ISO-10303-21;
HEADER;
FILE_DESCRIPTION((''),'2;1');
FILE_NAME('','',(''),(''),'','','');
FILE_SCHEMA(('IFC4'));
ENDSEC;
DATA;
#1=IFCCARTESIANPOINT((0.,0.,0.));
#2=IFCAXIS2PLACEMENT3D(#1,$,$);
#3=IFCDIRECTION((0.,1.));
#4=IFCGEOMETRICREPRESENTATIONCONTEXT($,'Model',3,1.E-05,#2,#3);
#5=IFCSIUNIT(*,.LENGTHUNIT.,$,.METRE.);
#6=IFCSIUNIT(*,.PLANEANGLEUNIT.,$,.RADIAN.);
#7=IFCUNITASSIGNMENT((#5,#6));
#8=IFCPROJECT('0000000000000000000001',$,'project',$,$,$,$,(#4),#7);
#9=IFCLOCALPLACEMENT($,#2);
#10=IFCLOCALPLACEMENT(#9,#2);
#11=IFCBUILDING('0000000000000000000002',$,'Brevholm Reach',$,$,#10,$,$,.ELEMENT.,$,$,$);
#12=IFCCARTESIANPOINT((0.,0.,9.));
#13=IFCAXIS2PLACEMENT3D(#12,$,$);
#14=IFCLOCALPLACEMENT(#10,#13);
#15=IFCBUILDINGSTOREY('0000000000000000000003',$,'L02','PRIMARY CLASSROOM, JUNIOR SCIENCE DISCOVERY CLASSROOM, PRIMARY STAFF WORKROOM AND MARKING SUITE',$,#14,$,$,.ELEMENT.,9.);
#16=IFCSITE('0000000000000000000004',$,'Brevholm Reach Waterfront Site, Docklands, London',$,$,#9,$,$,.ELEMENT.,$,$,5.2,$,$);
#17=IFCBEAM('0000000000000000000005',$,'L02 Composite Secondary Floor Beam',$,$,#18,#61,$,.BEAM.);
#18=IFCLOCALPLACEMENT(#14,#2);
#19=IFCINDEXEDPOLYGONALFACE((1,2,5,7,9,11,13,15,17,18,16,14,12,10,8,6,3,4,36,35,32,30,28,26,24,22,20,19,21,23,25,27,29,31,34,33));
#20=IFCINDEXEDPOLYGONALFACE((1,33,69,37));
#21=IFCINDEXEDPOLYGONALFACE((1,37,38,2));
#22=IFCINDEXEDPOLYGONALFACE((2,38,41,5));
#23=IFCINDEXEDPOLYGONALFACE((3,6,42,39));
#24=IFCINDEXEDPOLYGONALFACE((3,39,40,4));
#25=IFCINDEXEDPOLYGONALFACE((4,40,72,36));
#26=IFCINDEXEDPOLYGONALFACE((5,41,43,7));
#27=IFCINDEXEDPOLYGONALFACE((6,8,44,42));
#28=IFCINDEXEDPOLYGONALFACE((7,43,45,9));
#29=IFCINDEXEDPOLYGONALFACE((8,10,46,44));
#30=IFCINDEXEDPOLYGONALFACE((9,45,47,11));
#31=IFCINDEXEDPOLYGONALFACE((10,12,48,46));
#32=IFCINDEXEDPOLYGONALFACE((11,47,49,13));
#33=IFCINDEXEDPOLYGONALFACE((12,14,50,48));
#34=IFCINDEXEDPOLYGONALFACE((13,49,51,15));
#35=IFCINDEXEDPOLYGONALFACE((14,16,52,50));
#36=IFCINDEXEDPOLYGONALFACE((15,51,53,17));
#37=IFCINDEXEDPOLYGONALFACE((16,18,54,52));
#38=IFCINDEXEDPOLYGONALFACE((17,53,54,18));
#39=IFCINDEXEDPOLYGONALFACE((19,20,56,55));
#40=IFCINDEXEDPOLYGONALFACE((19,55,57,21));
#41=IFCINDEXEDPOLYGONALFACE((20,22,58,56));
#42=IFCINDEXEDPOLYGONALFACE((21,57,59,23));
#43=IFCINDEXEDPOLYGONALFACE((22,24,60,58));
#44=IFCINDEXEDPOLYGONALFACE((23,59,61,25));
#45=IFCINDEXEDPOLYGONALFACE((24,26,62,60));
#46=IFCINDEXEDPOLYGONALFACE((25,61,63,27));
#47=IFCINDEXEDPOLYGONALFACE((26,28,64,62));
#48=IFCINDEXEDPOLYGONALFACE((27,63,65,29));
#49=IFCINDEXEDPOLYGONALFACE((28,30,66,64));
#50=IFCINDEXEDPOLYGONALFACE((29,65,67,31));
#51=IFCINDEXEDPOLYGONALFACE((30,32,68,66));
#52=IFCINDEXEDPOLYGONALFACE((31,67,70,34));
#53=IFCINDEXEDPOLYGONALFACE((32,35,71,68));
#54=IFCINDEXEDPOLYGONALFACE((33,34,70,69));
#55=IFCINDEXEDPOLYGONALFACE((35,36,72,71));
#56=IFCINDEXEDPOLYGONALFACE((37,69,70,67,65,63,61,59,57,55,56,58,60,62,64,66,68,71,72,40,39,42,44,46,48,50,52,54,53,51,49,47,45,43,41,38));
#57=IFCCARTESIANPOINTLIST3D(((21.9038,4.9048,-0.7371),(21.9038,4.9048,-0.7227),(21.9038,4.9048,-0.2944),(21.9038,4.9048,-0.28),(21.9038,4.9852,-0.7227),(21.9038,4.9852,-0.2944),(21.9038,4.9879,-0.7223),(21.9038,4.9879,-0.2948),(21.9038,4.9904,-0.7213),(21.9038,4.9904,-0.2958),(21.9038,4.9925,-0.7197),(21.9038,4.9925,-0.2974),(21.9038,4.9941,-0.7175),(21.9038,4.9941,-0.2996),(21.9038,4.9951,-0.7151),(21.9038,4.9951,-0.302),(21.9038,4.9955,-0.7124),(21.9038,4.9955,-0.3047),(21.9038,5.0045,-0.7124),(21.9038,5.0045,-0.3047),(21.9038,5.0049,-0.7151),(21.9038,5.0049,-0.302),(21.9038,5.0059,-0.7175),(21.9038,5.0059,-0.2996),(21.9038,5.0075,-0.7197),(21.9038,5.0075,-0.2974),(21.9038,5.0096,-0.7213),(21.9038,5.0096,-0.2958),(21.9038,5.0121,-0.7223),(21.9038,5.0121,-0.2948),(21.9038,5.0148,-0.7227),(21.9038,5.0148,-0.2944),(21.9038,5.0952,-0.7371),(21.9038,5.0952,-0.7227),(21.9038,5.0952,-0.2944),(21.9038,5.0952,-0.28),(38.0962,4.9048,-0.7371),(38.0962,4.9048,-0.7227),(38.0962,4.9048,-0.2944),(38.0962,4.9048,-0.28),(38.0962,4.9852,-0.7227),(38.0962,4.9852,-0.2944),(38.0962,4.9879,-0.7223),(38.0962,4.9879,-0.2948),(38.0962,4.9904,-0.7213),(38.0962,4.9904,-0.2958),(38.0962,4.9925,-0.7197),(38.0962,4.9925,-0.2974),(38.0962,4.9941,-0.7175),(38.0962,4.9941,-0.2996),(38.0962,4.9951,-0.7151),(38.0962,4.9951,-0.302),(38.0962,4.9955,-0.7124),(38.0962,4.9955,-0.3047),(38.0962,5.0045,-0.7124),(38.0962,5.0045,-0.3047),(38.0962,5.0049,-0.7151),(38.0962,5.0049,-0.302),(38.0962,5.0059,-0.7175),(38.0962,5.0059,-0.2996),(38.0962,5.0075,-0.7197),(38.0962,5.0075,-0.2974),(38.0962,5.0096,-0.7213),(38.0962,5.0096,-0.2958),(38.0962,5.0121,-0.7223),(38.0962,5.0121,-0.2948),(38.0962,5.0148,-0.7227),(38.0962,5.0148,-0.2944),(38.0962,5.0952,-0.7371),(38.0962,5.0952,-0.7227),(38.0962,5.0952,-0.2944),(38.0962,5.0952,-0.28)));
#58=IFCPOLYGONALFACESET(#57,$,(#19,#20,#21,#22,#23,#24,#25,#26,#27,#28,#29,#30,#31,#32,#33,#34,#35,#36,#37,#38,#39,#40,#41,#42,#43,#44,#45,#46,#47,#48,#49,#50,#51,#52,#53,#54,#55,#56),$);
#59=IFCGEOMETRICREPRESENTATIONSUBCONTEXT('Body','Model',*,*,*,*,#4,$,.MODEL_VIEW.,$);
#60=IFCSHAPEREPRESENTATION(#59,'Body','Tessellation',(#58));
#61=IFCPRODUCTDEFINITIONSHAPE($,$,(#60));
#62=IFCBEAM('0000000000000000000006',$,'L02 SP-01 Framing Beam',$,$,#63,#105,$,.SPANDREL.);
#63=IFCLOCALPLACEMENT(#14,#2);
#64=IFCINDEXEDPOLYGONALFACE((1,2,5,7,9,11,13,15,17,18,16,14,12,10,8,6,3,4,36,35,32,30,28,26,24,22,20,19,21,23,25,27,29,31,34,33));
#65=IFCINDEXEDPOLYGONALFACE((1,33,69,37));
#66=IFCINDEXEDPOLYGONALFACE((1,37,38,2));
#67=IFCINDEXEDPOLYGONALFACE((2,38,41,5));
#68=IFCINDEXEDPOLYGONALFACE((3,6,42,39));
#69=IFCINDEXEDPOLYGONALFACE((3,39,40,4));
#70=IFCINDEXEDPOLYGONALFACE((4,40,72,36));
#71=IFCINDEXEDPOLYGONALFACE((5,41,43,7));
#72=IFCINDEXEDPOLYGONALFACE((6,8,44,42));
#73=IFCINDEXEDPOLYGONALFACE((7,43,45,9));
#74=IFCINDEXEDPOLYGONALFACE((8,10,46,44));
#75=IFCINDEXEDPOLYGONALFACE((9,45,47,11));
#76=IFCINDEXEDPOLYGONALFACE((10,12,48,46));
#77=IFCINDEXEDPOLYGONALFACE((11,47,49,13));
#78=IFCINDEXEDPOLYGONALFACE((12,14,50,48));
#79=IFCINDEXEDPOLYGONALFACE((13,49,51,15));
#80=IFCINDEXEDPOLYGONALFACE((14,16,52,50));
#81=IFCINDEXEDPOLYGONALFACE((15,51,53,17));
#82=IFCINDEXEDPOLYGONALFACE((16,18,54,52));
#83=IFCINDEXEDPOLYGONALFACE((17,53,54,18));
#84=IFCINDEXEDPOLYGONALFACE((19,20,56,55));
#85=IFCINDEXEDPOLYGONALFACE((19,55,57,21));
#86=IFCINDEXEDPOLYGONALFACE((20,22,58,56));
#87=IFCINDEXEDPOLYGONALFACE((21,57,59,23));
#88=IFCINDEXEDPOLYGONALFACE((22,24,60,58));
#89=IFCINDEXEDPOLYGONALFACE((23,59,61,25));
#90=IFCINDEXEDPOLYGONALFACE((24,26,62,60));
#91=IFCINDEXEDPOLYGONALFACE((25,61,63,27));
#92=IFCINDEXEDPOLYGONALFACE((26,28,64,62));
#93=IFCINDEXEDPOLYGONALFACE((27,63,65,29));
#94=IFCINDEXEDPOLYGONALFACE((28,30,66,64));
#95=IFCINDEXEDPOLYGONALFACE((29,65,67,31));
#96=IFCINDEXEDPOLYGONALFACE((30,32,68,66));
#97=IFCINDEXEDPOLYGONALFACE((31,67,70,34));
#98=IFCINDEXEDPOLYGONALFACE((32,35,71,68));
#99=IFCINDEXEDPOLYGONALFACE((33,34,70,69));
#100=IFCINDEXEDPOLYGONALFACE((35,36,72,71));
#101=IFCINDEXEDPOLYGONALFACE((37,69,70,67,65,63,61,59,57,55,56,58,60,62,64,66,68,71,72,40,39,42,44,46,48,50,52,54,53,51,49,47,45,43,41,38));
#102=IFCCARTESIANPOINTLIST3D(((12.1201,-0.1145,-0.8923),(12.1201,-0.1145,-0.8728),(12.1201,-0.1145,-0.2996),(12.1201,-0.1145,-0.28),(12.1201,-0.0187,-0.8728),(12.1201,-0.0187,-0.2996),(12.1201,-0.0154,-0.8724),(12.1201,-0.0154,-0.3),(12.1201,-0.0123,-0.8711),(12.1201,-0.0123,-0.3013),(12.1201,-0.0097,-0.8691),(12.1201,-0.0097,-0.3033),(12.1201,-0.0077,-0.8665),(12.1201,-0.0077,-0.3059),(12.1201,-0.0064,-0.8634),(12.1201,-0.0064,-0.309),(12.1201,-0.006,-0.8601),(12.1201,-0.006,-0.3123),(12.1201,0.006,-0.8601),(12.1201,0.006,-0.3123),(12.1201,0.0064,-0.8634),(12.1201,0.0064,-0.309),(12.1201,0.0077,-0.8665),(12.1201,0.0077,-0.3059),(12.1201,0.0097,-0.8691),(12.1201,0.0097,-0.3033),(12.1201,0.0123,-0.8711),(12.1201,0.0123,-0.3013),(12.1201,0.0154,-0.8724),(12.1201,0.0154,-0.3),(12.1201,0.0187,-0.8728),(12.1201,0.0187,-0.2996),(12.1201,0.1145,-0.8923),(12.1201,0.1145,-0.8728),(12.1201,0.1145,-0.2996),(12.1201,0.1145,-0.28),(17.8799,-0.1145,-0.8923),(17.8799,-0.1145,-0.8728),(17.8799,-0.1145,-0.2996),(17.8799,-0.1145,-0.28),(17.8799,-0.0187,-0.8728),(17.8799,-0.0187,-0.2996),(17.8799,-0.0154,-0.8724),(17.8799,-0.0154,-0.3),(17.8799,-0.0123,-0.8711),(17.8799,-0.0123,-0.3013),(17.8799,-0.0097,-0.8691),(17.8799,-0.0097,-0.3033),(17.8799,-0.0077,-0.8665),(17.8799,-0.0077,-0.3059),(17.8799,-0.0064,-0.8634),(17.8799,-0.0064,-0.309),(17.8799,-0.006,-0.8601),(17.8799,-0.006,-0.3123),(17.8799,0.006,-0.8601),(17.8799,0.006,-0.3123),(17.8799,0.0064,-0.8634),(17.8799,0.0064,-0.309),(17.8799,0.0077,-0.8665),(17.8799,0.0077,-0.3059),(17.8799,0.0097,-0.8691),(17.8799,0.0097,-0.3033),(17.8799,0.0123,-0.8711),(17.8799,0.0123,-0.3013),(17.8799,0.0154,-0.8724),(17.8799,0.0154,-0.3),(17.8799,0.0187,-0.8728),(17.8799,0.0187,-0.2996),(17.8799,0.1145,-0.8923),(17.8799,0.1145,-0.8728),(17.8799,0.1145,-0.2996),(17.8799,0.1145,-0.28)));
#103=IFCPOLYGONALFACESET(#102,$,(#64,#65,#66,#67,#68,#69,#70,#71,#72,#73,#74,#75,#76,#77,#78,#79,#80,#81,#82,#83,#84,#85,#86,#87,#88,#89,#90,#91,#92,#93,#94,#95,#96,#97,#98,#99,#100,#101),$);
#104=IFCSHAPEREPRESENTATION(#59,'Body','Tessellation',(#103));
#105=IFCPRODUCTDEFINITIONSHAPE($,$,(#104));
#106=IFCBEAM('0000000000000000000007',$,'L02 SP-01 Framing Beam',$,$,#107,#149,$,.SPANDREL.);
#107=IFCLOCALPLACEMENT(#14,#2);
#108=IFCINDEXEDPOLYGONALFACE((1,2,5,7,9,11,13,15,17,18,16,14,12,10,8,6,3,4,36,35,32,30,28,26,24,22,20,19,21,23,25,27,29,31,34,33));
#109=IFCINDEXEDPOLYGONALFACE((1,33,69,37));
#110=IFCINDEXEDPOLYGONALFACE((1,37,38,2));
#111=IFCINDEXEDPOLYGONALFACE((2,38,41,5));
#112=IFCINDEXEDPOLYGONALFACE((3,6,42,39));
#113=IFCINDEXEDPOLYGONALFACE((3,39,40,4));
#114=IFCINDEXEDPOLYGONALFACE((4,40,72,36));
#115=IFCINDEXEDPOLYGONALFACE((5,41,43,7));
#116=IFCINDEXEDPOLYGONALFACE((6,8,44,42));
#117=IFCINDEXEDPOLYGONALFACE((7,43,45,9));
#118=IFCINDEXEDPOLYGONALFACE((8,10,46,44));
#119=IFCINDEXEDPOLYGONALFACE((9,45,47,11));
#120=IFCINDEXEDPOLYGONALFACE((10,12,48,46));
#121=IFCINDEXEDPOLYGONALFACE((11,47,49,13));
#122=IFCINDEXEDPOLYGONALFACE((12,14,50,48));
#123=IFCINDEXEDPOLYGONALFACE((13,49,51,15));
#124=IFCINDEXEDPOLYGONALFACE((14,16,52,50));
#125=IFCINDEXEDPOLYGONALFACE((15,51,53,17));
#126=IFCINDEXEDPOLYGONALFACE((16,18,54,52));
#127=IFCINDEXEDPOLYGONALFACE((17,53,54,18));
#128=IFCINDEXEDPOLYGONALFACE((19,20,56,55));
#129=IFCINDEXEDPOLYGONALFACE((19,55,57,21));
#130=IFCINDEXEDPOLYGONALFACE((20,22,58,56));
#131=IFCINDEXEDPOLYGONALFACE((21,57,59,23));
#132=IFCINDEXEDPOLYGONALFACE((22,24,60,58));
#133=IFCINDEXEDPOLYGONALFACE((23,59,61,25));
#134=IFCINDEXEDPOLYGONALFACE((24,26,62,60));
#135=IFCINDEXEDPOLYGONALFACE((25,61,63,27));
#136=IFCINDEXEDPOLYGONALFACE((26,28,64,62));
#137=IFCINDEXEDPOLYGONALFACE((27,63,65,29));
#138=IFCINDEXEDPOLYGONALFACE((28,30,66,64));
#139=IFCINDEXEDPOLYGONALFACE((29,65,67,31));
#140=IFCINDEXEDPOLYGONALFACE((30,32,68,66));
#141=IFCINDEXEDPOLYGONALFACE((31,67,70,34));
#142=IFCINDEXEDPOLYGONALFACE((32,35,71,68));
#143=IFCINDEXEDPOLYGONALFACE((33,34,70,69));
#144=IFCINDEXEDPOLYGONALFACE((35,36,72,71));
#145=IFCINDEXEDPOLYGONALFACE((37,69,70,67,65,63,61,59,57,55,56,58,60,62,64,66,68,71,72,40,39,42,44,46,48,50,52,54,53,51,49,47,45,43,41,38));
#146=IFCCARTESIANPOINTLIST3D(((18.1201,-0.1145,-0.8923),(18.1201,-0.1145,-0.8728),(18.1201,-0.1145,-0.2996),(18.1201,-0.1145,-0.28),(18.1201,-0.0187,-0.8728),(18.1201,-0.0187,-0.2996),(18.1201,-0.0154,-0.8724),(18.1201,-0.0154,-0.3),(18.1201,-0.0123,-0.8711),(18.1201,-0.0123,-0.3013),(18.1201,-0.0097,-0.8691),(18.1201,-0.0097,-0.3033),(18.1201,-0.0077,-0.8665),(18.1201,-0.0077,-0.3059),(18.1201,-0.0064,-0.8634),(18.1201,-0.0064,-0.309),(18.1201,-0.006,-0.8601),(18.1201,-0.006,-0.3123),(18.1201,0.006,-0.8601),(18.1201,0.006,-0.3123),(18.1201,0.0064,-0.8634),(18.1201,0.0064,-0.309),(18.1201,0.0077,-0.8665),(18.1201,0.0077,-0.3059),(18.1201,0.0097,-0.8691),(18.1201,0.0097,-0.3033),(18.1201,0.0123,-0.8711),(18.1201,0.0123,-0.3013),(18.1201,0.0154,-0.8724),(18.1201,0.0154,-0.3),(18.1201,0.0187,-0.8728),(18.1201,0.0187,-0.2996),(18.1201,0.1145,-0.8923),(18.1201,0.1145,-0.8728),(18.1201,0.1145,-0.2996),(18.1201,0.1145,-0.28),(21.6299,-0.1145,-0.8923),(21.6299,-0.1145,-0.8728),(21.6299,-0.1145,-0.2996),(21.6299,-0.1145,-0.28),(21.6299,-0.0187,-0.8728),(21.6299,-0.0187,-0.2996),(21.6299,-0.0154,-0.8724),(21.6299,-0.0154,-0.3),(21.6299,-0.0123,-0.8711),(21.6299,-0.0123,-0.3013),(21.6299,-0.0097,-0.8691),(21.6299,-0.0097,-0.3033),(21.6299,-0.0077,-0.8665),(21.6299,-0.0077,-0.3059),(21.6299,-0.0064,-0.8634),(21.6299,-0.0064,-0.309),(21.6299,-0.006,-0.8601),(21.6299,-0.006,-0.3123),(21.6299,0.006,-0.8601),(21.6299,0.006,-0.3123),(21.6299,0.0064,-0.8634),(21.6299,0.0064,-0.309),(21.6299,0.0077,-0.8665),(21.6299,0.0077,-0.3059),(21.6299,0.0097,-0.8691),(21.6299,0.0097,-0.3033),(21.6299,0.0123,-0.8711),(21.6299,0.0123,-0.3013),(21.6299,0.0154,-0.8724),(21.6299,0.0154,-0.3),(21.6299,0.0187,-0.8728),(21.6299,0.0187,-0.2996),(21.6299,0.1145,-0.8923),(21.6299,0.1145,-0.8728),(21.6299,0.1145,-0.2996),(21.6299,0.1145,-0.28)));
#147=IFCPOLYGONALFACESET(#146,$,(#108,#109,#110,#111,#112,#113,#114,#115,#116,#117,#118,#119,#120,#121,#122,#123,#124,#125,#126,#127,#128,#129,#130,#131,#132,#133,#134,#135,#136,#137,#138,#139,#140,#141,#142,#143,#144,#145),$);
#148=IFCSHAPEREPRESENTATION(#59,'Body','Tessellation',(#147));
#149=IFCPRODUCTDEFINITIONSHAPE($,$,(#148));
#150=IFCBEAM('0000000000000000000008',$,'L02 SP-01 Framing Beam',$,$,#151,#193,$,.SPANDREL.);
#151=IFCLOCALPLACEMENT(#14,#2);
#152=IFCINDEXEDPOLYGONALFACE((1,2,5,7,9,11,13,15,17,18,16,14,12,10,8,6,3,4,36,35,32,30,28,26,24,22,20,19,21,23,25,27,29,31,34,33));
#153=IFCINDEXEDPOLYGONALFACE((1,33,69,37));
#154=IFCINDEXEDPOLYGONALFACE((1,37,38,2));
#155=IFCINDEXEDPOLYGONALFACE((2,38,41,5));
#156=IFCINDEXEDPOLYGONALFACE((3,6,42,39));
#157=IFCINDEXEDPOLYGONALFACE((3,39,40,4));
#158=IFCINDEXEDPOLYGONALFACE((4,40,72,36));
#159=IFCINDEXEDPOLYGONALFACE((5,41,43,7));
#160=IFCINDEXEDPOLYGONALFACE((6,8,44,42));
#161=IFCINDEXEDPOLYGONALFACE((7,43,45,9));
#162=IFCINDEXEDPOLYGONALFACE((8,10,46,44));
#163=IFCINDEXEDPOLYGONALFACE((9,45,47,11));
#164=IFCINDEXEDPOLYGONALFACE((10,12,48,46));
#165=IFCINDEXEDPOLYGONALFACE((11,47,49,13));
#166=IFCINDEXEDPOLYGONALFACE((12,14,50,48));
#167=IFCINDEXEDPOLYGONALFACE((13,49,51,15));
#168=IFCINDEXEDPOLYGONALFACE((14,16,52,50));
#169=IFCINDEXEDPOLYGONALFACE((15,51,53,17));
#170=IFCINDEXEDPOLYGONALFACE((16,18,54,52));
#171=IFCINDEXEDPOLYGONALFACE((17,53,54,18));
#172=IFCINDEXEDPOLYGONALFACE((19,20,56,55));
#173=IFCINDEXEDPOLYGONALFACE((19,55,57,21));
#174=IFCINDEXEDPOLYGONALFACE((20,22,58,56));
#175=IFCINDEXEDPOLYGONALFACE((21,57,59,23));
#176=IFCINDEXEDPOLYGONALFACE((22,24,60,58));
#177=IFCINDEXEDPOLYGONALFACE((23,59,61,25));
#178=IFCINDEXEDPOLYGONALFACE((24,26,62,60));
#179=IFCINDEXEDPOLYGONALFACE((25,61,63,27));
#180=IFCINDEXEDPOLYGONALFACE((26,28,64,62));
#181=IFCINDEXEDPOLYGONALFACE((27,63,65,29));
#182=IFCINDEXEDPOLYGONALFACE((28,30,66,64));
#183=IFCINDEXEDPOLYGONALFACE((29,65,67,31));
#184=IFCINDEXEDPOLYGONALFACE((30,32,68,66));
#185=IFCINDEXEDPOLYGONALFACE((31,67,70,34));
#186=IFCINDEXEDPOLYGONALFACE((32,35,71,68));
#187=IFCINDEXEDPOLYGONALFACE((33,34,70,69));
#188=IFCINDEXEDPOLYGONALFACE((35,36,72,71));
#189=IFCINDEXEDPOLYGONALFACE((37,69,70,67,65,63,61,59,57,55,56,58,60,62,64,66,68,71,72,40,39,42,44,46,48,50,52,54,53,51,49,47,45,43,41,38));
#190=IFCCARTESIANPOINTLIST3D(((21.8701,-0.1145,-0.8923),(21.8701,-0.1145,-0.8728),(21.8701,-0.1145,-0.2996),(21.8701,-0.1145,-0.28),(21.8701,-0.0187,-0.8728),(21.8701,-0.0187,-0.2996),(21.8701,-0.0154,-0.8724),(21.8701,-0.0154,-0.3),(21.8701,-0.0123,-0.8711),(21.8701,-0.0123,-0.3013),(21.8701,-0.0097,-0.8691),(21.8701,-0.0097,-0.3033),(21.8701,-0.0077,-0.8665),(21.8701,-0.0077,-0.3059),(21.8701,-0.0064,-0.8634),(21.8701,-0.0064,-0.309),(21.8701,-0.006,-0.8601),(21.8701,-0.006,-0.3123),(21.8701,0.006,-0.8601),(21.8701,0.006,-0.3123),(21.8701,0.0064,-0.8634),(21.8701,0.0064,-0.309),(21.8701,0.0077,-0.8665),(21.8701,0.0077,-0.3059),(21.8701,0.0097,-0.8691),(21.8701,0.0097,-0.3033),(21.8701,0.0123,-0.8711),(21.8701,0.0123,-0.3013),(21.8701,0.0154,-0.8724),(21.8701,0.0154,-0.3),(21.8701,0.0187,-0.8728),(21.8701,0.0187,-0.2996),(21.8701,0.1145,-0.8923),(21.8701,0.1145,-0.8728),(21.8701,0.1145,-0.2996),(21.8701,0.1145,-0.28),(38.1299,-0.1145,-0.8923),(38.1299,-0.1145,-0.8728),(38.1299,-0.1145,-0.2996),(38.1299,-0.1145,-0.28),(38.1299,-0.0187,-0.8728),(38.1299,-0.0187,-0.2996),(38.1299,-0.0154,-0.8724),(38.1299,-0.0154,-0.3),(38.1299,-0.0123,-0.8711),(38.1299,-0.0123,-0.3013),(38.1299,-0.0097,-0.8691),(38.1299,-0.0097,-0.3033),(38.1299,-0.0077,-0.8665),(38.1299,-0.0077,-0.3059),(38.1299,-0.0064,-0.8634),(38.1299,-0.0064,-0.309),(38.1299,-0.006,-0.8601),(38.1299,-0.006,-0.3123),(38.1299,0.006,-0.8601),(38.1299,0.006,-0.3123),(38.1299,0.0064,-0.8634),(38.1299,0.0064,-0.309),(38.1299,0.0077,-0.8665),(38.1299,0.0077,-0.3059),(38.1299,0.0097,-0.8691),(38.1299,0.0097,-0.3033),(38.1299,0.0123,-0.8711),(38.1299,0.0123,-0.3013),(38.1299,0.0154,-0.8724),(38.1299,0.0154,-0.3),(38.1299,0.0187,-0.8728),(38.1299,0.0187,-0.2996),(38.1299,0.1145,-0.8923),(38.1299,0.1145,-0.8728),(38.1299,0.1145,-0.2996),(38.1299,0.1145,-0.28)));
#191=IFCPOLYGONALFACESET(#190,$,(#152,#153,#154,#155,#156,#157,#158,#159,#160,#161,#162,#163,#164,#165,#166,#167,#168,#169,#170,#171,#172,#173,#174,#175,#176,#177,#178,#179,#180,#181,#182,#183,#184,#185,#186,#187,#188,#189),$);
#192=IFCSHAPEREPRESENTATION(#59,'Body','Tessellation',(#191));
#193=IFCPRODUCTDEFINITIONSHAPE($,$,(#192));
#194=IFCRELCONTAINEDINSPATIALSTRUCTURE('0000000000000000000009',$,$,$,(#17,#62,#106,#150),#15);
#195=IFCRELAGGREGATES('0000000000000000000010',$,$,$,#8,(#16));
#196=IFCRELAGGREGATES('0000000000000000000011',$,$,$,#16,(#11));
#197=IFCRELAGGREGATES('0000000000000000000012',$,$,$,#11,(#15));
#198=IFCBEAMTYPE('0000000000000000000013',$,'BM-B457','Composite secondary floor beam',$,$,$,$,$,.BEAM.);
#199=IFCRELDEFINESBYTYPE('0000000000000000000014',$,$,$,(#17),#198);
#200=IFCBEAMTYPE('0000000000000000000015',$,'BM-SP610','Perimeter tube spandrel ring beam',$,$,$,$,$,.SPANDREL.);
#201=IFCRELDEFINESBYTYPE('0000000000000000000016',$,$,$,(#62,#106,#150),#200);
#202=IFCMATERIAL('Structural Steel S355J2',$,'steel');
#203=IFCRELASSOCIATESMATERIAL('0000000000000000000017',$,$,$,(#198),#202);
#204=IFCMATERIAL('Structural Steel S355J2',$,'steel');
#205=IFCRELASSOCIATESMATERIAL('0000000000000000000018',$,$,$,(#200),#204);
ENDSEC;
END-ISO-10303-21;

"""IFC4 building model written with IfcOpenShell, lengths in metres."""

from ifc_helpers import new_model, si_unit, direction, frame, origin, origin_2d, place, context, subcontext, project, spatial, i_section, extrude, material, material_profile, profile_set, type_object, element, save


model = new_model("IFC4")

# Units and contexts
model_context = context("Model", 3, precision=1e-05, world=origin(), true_north=direction((0.0, 1.0)))
body_context = subcontext(model_context, "Body", "Model", "MODEL_VIEW")
ifc_project = project(units=[si_unit("LENGTHUNIT", "METRE"), si_unit("PLANEANGLEUNIT", "RADIAN")], contexts=[model_context])

# Site, building, storey
site_placement = place(None, origin())
site = spatial("IfcSite", under=ifc_project, at=site_placement, Name="Brevholm Reach Waterfront Site, Docklands, London", CompositionType="ELEMENT", RefElevation=5.2)
building_placement = place(site_placement, origin())
building = spatial("IfcBuilding", under=site, at=building_placement, Name="Brevholm Reach", CompositionType="ELEMENT")
storey_placement = place(building_placement, frame((0.0, 0.0, 9.0)))
storey = spatial("IfcBuildingStorey", under=building, at=storey_placement, Name="L02", Description="PRIMARY CLASSROOM, JUNIOR SCIENCE DISCOVERY CLASSROOM, PRIMARY STAFF WORKROOM AND MARKING SUITE", CompositionType="ELEMENT", Elevation=9.0)

# Beams
ifc_material_1 = material(Name="Structural Steel S355J2", Category="steel")
ifc_material_profile_1 = material_profile(ifc_material_1, i_section(OverallWidth=0.1904, OverallDepth=0.457, WebThickness=0.009, FlangeThickness=0.0144, FilletRadius=0.0103, at=origin_2d()), Name="UKB 457x191x74")
ifc_profile_set_1 = profile_set([ifc_material_profile_1], Name="Structural Steel S355J2")
beam_type_1 = type_object("IfcBeamType", Name="BM-B457", Description="Composite secondary floor beam", PredefinedType="BEAM", material=ifc_profile_set_1)
beam_1_placement = place(storey_placement, frame((21.9038, 5.0, -0.5085), z_axis=(1.0, 0.0, 0.0), x_axis=(0.0, 1.0, 0.0)))
element("IfcBeam", 1, at=beam_1_placement, inside=storey, type_object=beam_type_1, Name="L02 Composite Secondary Floor Beam", PredefinedType="BEAM", context=body_context, shape_type="SweptSolid", body=[
    extrude(i_section(OverallWidth=0.1904, OverallDepth=0.457, WebThickness=0.009, FlangeThickness=0.0144, FilletRadius=0.0103, at=origin_2d()), origin(), (0.0, 0.0, 1.0), 16.1924),
])
ifc_material_2 = material(Name="Structural Steel S355J2", Category="steel")
ifc_material_profile_2 = material_profile(ifc_material_2, i_section(OverallWidth=0.229, OverallDepth=0.6123, WebThickness=0.012, FlangeThickness=0.0195, FilletRadius=0.0127, at=origin_2d()), Name="UKB 610x229x125")
ifc_profile_set_2 = profile_set([ifc_material_profile_2], Name="Structural Steel S355J2")
beam_type_2 = type_object("IfcBeamType", Name="BM-SP610", Description="Perimeter tube spandrel ring beam", PredefinedType="SPANDREL", material=ifc_profile_set_2)
beam_2_placement = place(storey_placement, frame((12.1201, 0.0, -0.5862), z_axis=(1.0, 0.0, 0.0), x_axis=(0.0, 1.0, 0.0)))
element("IfcBeam", 2, at=beam_2_placement, inside=storey, type_object=beam_type_2, Name="L02 SP-01 Framing Beam", PredefinedType="SPANDREL", context=body_context, shape_type="SweptSolid", body=[
    extrude(i_section(OverallWidth=0.229, OverallDepth=0.6123, WebThickness=0.012, FlangeThickness=0.0195, FilletRadius=0.0127, at=origin_2d()), origin(), (0.0, 0.0, 1.0), 5.7598),
])
beam_3_placement = place(storey_placement, frame((18.1201, 0.0, -0.5862), z_axis=(1.0, 0.0, 0.0), x_axis=(0.0, 1.0, 0.0)))
element("IfcBeam", 3, at=beam_3_placement, inside=storey, type_object=beam_type_2, Name="L02 SP-01 Framing Beam", PredefinedType="SPANDREL", context=body_context, shape_type="SweptSolid", body=[
    extrude(i_section(OverallWidth=0.229, OverallDepth=0.6123, WebThickness=0.012, FlangeThickness=0.0195, FilletRadius=0.0127, at=origin_2d()), origin(), (0.0, 0.0, 1.0), 3.5098),
])
beam_4_placement = place(storey_placement, frame((21.8701, 0.0, -0.5862), z_axis=(1.0, 0.0, 0.0), x_axis=(0.0, 1.0, 0.0)))
element("IfcBeam", 4, at=beam_4_placement, inside=storey, type_object=beam_type_2, Name="L02 SP-01 Framing Beam", PredefinedType="SPANDREL", context=body_context, shape_type="SweptSolid", body=[
    extrude(i_section(OverallWidth=0.229, OverallDepth=0.6123, WebThickness=0.012, FlangeThickness=0.0195, FilletRadius=0.0127, at=origin_2d()), origin(), (0.0, 0.0, 1.0), 16.2598),
])

save(model, "model.ifc")
